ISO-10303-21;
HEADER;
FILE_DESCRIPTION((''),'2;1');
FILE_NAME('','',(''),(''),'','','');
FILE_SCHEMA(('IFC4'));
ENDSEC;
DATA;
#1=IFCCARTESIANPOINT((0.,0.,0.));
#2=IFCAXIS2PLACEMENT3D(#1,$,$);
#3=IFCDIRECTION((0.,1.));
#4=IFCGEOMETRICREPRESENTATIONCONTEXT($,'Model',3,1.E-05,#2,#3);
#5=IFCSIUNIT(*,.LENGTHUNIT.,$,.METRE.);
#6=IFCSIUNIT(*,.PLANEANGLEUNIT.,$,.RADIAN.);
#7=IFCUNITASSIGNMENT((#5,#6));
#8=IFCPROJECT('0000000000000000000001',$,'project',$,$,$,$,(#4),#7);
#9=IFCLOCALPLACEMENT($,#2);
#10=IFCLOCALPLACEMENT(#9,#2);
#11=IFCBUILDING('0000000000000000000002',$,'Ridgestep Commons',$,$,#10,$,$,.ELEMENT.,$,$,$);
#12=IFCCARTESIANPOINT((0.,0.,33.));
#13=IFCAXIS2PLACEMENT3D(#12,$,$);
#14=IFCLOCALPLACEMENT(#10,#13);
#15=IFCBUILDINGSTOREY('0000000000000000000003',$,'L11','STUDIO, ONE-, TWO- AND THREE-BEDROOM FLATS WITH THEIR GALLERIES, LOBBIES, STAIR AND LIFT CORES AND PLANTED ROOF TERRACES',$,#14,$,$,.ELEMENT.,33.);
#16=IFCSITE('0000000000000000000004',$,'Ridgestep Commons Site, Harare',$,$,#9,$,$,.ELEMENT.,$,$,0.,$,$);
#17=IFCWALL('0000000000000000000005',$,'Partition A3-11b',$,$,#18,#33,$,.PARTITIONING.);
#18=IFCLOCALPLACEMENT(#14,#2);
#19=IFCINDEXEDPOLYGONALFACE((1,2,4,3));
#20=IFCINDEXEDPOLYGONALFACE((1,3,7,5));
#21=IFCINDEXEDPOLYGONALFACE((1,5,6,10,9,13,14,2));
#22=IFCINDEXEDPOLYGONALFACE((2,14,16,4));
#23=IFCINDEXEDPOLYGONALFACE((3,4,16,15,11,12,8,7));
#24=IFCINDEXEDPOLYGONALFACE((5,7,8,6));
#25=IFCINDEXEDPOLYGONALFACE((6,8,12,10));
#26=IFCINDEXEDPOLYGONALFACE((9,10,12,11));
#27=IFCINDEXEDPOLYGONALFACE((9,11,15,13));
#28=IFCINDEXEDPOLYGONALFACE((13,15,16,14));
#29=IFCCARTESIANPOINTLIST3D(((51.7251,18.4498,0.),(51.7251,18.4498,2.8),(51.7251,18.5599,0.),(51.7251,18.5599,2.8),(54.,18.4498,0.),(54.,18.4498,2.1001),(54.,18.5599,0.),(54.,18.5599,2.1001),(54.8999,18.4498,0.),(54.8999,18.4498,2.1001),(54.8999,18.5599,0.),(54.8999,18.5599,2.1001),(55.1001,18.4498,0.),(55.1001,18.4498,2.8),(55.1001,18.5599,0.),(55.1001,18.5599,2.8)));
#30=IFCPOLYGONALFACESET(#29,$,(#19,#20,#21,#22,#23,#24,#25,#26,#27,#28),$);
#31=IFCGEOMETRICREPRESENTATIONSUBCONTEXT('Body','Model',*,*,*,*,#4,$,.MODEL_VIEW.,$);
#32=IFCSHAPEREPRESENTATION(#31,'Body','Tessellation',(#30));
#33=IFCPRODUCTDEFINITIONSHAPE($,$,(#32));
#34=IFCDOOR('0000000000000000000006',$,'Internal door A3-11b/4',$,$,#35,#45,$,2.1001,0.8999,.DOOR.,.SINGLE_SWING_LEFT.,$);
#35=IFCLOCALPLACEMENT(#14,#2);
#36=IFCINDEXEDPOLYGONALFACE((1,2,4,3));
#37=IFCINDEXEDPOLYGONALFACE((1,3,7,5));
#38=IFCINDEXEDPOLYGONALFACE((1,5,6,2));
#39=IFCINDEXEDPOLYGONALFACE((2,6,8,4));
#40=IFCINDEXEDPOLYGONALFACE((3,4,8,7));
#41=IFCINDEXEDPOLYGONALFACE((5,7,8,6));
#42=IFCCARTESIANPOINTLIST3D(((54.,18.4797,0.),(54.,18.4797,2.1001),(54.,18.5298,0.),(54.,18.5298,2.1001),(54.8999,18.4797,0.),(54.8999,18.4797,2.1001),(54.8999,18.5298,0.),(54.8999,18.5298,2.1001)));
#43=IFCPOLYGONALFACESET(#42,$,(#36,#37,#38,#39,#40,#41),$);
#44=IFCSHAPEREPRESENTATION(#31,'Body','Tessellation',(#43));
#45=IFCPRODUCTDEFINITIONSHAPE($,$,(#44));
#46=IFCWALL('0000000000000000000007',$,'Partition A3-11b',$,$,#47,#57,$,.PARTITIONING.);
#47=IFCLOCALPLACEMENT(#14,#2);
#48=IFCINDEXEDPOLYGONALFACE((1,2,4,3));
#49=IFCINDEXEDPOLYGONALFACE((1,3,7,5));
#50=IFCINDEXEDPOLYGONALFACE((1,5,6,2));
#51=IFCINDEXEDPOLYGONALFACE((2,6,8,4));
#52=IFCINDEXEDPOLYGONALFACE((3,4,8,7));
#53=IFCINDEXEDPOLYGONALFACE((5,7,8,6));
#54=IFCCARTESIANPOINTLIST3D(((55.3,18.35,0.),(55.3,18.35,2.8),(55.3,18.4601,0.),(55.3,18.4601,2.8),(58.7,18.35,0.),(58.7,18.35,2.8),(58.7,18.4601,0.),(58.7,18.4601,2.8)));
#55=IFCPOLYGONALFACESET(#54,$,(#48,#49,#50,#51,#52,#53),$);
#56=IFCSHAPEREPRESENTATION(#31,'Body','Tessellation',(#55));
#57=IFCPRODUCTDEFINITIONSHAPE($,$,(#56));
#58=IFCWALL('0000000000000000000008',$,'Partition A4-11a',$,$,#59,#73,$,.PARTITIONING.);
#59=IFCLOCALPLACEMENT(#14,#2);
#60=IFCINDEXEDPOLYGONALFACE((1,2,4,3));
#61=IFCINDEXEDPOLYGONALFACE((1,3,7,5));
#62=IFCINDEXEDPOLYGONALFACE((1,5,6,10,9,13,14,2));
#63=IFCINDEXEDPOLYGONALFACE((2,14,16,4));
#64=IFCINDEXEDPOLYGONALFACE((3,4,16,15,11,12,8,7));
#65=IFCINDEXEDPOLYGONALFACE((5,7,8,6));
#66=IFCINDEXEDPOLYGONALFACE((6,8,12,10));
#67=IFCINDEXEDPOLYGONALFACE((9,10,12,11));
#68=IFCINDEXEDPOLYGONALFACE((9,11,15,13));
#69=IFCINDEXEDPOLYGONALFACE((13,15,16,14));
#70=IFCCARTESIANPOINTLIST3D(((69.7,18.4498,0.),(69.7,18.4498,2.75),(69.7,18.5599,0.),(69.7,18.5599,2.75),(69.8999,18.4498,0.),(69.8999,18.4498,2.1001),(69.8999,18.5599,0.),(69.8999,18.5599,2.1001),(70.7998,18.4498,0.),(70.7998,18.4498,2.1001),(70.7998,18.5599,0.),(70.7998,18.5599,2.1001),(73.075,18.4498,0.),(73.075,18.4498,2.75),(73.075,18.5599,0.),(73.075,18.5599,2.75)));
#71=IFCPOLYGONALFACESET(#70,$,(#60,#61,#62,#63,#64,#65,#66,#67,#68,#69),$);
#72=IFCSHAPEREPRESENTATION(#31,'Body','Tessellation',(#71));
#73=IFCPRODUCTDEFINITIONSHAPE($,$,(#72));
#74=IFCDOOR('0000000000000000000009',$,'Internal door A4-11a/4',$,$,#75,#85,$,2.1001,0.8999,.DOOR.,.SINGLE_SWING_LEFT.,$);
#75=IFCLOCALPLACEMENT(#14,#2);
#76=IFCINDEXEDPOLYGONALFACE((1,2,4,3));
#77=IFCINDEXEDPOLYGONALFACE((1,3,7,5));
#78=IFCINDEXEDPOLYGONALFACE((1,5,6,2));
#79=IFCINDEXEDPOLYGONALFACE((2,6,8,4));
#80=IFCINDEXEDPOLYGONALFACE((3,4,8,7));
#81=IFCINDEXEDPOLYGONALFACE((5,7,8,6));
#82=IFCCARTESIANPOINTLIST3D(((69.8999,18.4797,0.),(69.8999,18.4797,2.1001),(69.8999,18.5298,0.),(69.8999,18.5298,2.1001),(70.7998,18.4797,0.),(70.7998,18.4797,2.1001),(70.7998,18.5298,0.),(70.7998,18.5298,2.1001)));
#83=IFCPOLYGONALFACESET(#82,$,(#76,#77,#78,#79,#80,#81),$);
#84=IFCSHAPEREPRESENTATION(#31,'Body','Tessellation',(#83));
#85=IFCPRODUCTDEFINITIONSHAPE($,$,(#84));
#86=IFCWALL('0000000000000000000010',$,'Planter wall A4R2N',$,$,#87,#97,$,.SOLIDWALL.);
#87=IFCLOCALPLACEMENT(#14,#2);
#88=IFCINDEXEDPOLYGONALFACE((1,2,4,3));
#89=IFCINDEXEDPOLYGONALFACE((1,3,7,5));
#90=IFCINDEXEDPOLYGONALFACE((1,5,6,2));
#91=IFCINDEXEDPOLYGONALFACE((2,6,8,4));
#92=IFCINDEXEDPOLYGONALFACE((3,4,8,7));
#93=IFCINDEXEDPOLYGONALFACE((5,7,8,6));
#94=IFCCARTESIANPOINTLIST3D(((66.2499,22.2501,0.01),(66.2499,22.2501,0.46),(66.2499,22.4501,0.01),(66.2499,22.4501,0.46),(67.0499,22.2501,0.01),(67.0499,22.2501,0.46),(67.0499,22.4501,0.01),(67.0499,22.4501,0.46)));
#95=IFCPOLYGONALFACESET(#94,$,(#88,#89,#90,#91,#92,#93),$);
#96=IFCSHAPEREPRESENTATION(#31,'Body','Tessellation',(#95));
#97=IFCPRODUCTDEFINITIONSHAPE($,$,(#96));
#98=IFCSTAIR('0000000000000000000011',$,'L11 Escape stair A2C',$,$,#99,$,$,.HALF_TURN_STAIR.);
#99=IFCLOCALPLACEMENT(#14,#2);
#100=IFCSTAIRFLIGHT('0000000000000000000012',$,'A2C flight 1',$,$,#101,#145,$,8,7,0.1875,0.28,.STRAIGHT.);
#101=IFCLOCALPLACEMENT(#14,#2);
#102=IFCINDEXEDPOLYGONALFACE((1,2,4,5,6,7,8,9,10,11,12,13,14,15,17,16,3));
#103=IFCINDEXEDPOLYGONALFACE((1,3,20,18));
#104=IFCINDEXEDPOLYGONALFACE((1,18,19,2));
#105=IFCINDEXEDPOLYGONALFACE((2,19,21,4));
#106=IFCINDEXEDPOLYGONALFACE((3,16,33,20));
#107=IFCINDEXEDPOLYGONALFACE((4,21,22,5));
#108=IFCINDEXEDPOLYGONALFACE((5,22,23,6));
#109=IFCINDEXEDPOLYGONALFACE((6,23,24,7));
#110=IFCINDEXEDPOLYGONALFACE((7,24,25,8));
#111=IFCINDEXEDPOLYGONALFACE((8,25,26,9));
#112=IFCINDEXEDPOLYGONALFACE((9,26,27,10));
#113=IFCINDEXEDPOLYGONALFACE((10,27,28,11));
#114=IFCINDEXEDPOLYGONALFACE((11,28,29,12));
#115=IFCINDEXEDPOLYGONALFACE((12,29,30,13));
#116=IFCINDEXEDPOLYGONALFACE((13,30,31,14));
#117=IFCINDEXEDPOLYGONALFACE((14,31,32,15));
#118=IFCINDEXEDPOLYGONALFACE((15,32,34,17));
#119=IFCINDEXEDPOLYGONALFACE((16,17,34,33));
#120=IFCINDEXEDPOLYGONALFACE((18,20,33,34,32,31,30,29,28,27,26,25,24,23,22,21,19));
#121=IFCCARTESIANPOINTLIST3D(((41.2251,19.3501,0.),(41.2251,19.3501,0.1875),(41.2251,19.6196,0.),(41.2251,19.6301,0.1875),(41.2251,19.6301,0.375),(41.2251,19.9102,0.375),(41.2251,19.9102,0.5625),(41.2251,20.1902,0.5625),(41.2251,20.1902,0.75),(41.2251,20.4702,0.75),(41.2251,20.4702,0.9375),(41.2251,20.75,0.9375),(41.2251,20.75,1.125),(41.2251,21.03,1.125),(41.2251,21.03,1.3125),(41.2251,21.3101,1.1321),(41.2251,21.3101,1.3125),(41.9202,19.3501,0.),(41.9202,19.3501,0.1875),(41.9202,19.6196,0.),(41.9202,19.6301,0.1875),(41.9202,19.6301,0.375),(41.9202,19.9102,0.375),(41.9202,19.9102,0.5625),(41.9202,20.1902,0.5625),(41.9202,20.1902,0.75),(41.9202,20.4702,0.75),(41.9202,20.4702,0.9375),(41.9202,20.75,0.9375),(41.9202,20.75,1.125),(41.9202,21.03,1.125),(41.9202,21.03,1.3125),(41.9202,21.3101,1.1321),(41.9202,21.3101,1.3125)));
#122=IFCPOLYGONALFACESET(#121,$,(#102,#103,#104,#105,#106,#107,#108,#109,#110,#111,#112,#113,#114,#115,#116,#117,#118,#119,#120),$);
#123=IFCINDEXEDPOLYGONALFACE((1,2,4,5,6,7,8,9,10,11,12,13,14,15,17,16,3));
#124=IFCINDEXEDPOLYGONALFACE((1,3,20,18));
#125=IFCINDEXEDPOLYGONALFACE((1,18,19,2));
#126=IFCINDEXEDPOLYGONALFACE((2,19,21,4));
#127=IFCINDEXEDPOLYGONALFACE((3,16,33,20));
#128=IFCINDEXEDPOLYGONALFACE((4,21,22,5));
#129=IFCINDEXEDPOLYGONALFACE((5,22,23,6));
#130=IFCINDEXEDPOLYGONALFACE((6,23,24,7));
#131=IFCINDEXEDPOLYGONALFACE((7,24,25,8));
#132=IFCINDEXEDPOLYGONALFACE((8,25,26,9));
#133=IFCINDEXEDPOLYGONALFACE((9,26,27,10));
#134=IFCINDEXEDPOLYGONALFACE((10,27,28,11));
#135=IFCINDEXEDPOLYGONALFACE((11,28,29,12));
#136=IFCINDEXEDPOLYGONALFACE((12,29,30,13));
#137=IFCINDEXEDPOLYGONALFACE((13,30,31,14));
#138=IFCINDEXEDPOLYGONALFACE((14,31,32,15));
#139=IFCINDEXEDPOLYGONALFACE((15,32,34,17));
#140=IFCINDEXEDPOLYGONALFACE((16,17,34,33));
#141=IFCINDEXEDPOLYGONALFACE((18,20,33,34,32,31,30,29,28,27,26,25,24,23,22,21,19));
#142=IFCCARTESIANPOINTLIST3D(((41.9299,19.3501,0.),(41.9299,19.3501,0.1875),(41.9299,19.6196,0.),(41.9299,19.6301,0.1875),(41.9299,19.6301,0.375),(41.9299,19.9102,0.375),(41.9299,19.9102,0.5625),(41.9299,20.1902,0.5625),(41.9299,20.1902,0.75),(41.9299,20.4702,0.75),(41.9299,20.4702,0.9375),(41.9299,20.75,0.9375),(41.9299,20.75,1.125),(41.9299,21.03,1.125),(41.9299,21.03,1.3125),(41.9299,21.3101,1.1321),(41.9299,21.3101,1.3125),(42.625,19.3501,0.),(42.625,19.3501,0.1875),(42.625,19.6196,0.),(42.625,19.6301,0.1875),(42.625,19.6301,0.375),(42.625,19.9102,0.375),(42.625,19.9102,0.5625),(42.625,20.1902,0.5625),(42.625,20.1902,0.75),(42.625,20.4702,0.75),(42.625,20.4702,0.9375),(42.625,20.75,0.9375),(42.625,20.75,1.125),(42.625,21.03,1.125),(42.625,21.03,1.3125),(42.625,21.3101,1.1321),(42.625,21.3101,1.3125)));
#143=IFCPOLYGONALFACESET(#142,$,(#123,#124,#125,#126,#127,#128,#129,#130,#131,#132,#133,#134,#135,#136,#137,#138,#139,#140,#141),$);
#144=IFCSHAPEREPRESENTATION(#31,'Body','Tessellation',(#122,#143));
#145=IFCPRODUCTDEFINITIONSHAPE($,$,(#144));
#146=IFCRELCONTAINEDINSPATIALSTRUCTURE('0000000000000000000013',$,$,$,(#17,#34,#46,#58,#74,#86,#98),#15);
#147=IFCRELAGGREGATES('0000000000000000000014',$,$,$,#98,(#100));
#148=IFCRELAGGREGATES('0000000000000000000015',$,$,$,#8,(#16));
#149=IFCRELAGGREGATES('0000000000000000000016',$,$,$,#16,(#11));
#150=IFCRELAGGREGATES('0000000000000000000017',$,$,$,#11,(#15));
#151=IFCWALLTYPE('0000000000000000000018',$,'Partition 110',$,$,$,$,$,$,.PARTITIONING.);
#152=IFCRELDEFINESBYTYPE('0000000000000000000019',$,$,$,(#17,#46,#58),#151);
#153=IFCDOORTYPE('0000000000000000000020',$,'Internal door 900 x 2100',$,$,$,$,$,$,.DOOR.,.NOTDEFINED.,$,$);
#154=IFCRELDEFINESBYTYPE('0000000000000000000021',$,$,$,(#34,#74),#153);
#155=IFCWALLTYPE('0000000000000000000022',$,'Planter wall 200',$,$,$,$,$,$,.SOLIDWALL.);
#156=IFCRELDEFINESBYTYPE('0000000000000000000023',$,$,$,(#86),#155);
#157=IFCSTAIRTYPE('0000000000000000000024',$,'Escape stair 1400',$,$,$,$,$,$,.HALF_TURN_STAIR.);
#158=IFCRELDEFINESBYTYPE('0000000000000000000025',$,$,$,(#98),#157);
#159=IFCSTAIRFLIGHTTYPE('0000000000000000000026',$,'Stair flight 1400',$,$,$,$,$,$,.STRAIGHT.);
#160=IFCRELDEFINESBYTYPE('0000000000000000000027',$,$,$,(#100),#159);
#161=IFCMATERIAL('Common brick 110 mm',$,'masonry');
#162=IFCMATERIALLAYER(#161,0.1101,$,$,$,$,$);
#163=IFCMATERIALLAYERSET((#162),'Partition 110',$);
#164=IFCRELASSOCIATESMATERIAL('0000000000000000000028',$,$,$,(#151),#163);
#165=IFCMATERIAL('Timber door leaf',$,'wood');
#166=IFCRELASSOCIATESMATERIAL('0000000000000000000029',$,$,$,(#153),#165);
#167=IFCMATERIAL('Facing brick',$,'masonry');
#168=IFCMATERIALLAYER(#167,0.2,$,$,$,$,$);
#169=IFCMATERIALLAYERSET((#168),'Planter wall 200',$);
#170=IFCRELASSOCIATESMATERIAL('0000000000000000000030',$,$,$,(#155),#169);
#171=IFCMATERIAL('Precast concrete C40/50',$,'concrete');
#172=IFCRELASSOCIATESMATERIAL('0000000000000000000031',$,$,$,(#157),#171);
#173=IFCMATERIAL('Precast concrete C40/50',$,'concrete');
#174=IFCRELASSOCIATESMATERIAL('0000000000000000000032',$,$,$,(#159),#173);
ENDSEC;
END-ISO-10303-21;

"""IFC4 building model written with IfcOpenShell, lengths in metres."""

from ifc_helpers import new_model, si_unit, direction, frame, frame_2d, origin, place, context, subcontext, project, spatial, polyline, rectangle, outline, extrude, material, layer, layer_set, type_object, element, fill, aggregate, save


model = new_model("IFC4")

# Units and contexts
model_context = context("Model", 3, precision=1e-05, world=origin(), true_north=direction((0.0, 1.0)))
body_context = subcontext(model_context, "Body", "Model", "MODEL_VIEW")
ifc_project = project(units=[si_unit("LENGTHUNIT", "METRE"), si_unit("PLANEANGLEUNIT", "RADIAN")], contexts=[model_context])

# Site, building, storey
site_placement = place(None, origin())
site = spatial("IfcSite", under=ifc_project, at=site_placement, Name="Ridgestep Commons Site, Harare", CompositionType="ELEMENT", RefElevation=0.0)
building_placement = place(site_placement, origin())
building = spatial("IfcBuilding", under=site, at=building_placement, Name="Ridgestep Commons", CompositionType="ELEMENT")
storey_placement = place(building_placement, frame((0.0, 0.0, 33.0)))
storey = spatial("IfcBuildingStorey", under=building, at=storey_placement, Name="L11", Description="STUDIO, ONE-, TWO- AND THREE-BEDROOM FLATS WITH THEIR GALLERIES, LOBBIES, STAIR AND LIFT CORES AND PLANTED ROOF TERRACES", CompositionType="ELEMENT", Elevation=33.0)

# Wall, opening, door
ifc_material_1 = material(Name="Common brick 110 mm", Category="masonry")
ifc_layer_1 = layer(ifc_material_1, 0.1101)
ifc_layer_set_1 = layer_set([ifc_layer_1], Name="Partition 110")
wall_type_1 = type_object("IfcWallType", Name="Partition 110", PredefinedType="PARTITIONING", material=ifc_layer_set_1)
ifc_material_2 = material(Name="Timber door leaf", Category="wood")
door_type = type_object("IfcDoorType", Name="Internal door 900 x 2100", OperationType="NOTDEFINED", PredefinedType="DOOR", material=ifc_material_2)
wall_1_placement = place(storey_placement, frame((51.7251, 18.5049, 0.0), z_axis=(0.0, 0.0, 1.0), x_axis=(1.0, 0.0, 0.0)))
wall_1 = element("IfcWall", 1, at=wall_1_placement, inside=storey, type_object=wall_type_1, Name="Partition A3-11b", PredefinedType="PARTITIONING", context=body_context, shape_type="SweptSolid", body=[
    extrude(rectangle(XDim=3.375, YDim=0.1101, at=frame_2d((1.6875, 0.0))), origin(), (0.0, 0.0, 1.0), 2.8),
])
opening_1_placement = place(wall_1_placement, frame((2.2749, 0.0, 0.0)))
opening_1 = element("IfcOpeningElement", 2, at=opening_1_placement, cuts=wall_1, PredefinedType="OPENING", context=body_context, shape_type="SweptSolid", body=[
    extrude(rectangle(XDim=0.8999, YDim=2.1001, at=frame_2d((0.45, 1.05))), frame((0.0, 0.0649, 0.0), z_axis=(0.0, -1.0, 0.0), x_axis=(1.0, 0.0, 0.0)), (0.0, 0.0, 1.0), 0.1301),
])
door_1_placement = place(opening_1_placement, origin())
door_1 = element("IfcDoor", 3, at=door_1_placement, inside=storey, type_object=door_type, Name="Internal door A3-11b/4", OperationType="SINGLE_SWING_LEFT", OverallHeight=2.1001, OverallWidth=0.8999, PredefinedType="DOOR", context=body_context, shape_type="SweptSolid", body=[
    extrude(rectangle(XDim=0.8999, YDim=2.1001, at=frame_2d((0.45, 1.05))), frame((0.0, 0.0249, 0.0), z_axis=(0.0, -1.0, 0.0), x_axis=(1.0, 0.0, 0.0)), (0.0, 0.0, 1.0), 0.05),
])
fill(opening_1, door_1)

# Wall
wall_2_placement = place(storey_placement, frame((55.3, 18.405, 0.0), z_axis=(0.0, 0.0, 1.0), x_axis=(1.0, 0.0, 0.0)))
element("IfcWall", 4, at=wall_2_placement, inside=storey, type_object=wall_type_1, Name="Partition A3-11b", PredefinedType="PARTITIONING", context=body_context, shape_type="SweptSolid", body=[
    extrude(rectangle(XDim=3.3999, YDim=0.1101, at=frame_2d((1.7, 0.0))), origin(), (0.0, 0.0, 1.0), 2.8),
])

# Wall, opening, door
wall_3_placement = place(storey_placement, frame((69.7, 18.5049, 0.0), z_axis=(0.0, 0.0, 1.0), x_axis=(1.0, 0.0, 0.0)))
wall_3 = element("IfcWall", 5, at=wall_3_placement, inside=storey, type_object=wall_type_1, Name="Partition A4-11a", PredefinedType="PARTITIONING", context=body_context, shape_type="SweptSolid", body=[
    extrude(rectangle(XDim=3.375, YDim=0.1101, at=frame_2d((1.6875, 0.0))), origin(), (0.0, 0.0, 1.0), 2.75),
])
opening_2_placement = place(wall_3_placement, frame((0.2, 0.0, 0.0)))
opening_2 = element("IfcOpeningElement", 6, at=opening_2_placement, cuts=wall_3, PredefinedType="OPENING", context=body_context, shape_type="SweptSolid", body=[
    extrude(rectangle(XDim=0.8999, YDim=2.1001, at=frame_2d((0.45, 1.05))), frame((0.0, 0.0649, 0.0), z_axis=(0.0, -1.0, 0.0), x_axis=(1.0, 0.0, 0.0)), (0.0, 0.0, 1.0), 0.1301),
])
door_2_placement = place(opening_2_placement, origin())
door_2 = element("IfcDoor", 7, at=door_2_placement, inside=storey, type_object=door_type, Name="Internal door A4-11a/4", OperationType="SINGLE_SWING_LEFT", OverallHeight=2.1001, OverallWidth=0.8999, PredefinedType="DOOR", context=body_context, shape_type="SweptSolid", body=[
    extrude(rectangle(XDim=0.8999, YDim=2.1001, at=frame_2d((0.45, 1.05))), frame((0.0, 0.0249, 0.0), z_axis=(0.0, -1.0, 0.0), x_axis=(1.0, 0.0, 0.0)), (0.0, 0.0, 1.0), 0.05),
])
fill(opening_2, door_2)

# Wall
ifc_material_3 = material(Name="Facing brick", Category="masonry")
ifc_layer_2 = layer(ifc_material_3, 0.2)
ifc_layer_set_2 = layer_set([ifc_layer_2], Name="Planter wall 200")
wall_type_2 = type_object("IfcWallType", Name="Planter wall 200", PredefinedType="SOLIDWALL", material=ifc_layer_set_2)
wall_4_placement = place(storey_placement, frame((66.25, 22.3501, 0.01), z_axis=(0.0, 0.0, 1.0), x_axis=(1.0, 0.0, 0.0)))
element("IfcWall", 8, at=wall_4_placement, inside=storey, type_object=wall_type_2, Name="Planter wall A4R2N", PredefinedType="SOLIDWALL", context=body_context, shape_type="SweptSolid", body=[
    extrude(rectangle(XDim=0.8, YDim=0.2, at=frame_2d((0.3999, 0.0))), origin(), (0.0, 0.0, 1.0), 0.45),
])

# Stair, stair flight
ifc_material_4 = material(Name="Precast concrete C40/50", Category="concrete")
stair_type = type_object("IfcStairType", Name="Escape stair 1400", PredefinedType="HALF_TURN_STAIR", material=ifc_material_4)
stair_1_placement = place(storey_placement, origin())
stair_1 = element("IfcStair", 9, at=stair_1_placement, inside=storey, type_object=stair_type, Name="L11 Escape stair A2C", PredefinedType="HALF_TURN_STAIR")
ifc_material_5 = material(Name="Precast concrete C40/50", Category="concrete")
stair_flight_type = type_object("IfcStairFlightType", Name="Stair flight 1400", PredefinedType="STRAIGHT", material=ifc_material_5)
stair_flight_1_placement = place(storey_placement, frame((41.925, 19.3501, 0.0), z_axis=(0.0, 0.0, 1.0), x_axis=(0.0, 1.0, 0.0)))
stair_flight_1 = element("IfcStairFlight", 10, at=stair_flight_1_placement, type_object=stair_flight_type, Name="A2C flight 1", NumberOfRisers=8, NumberOfTreads=7, PredefinedType="STRAIGHT", RiserHeight=0.1875, TreadLength=0.28, context=body_context, shape_type="SweptSolid", body=[
    extrude(outline(polyline([(0.0, 0.0), (0.0, 0.1875), (0.28, 0.1875), (0.28, 0.375), (0.5601, 0.375), (0.5601, 0.5625), (0.8401, 0.5625), (0.8401, 0.75), (1.1201, 0.75), (1.1201, 0.9375), (1.3999, 0.9375), (1.3999, 1.125), (1.6799, 1.125), (1.6799, 1.3125), (1.96, 1.3125), (1.96, 1.5), (1.96, 1.1321), (0.2695, 0.0), (0.0, 0.0)])), frame((0.0, 0.7, 0.0), z_axis=(0.0, -1.0, 0.0), x_axis=(1.0, 0.0, 0.0)), (0.0, 0.0, 1.0), 0.6951),
    extrude(outline(polyline([(0.0, 0.0), (0.0, 0.1875), (0.28, 0.1875), (0.28, 0.375), (0.5601, 0.375), (0.5601, 0.5625), (0.8401, 0.5625), (0.8401, 0.75), (1.1201, 0.75), (1.1201, 0.9375), (1.3999, 0.9375), (1.3999, 1.125), (1.6799, 1.125), (1.6799, 1.3125), (1.96, 1.3125), (1.96, 1.5), (1.96, 1.1321), (0.2695, 0.0), (0.0, 0.0)])), frame((0.0, -0.0049, 0.0), z_axis=(0.0, -1.0, 0.0), x_axis=(1.0, 0.0, 0.0)), (0.0, 0.0, 1.0), 0.6951),
])
aggregate(stair_1, [stair_flight_1])

save(model, "model.ifc")
